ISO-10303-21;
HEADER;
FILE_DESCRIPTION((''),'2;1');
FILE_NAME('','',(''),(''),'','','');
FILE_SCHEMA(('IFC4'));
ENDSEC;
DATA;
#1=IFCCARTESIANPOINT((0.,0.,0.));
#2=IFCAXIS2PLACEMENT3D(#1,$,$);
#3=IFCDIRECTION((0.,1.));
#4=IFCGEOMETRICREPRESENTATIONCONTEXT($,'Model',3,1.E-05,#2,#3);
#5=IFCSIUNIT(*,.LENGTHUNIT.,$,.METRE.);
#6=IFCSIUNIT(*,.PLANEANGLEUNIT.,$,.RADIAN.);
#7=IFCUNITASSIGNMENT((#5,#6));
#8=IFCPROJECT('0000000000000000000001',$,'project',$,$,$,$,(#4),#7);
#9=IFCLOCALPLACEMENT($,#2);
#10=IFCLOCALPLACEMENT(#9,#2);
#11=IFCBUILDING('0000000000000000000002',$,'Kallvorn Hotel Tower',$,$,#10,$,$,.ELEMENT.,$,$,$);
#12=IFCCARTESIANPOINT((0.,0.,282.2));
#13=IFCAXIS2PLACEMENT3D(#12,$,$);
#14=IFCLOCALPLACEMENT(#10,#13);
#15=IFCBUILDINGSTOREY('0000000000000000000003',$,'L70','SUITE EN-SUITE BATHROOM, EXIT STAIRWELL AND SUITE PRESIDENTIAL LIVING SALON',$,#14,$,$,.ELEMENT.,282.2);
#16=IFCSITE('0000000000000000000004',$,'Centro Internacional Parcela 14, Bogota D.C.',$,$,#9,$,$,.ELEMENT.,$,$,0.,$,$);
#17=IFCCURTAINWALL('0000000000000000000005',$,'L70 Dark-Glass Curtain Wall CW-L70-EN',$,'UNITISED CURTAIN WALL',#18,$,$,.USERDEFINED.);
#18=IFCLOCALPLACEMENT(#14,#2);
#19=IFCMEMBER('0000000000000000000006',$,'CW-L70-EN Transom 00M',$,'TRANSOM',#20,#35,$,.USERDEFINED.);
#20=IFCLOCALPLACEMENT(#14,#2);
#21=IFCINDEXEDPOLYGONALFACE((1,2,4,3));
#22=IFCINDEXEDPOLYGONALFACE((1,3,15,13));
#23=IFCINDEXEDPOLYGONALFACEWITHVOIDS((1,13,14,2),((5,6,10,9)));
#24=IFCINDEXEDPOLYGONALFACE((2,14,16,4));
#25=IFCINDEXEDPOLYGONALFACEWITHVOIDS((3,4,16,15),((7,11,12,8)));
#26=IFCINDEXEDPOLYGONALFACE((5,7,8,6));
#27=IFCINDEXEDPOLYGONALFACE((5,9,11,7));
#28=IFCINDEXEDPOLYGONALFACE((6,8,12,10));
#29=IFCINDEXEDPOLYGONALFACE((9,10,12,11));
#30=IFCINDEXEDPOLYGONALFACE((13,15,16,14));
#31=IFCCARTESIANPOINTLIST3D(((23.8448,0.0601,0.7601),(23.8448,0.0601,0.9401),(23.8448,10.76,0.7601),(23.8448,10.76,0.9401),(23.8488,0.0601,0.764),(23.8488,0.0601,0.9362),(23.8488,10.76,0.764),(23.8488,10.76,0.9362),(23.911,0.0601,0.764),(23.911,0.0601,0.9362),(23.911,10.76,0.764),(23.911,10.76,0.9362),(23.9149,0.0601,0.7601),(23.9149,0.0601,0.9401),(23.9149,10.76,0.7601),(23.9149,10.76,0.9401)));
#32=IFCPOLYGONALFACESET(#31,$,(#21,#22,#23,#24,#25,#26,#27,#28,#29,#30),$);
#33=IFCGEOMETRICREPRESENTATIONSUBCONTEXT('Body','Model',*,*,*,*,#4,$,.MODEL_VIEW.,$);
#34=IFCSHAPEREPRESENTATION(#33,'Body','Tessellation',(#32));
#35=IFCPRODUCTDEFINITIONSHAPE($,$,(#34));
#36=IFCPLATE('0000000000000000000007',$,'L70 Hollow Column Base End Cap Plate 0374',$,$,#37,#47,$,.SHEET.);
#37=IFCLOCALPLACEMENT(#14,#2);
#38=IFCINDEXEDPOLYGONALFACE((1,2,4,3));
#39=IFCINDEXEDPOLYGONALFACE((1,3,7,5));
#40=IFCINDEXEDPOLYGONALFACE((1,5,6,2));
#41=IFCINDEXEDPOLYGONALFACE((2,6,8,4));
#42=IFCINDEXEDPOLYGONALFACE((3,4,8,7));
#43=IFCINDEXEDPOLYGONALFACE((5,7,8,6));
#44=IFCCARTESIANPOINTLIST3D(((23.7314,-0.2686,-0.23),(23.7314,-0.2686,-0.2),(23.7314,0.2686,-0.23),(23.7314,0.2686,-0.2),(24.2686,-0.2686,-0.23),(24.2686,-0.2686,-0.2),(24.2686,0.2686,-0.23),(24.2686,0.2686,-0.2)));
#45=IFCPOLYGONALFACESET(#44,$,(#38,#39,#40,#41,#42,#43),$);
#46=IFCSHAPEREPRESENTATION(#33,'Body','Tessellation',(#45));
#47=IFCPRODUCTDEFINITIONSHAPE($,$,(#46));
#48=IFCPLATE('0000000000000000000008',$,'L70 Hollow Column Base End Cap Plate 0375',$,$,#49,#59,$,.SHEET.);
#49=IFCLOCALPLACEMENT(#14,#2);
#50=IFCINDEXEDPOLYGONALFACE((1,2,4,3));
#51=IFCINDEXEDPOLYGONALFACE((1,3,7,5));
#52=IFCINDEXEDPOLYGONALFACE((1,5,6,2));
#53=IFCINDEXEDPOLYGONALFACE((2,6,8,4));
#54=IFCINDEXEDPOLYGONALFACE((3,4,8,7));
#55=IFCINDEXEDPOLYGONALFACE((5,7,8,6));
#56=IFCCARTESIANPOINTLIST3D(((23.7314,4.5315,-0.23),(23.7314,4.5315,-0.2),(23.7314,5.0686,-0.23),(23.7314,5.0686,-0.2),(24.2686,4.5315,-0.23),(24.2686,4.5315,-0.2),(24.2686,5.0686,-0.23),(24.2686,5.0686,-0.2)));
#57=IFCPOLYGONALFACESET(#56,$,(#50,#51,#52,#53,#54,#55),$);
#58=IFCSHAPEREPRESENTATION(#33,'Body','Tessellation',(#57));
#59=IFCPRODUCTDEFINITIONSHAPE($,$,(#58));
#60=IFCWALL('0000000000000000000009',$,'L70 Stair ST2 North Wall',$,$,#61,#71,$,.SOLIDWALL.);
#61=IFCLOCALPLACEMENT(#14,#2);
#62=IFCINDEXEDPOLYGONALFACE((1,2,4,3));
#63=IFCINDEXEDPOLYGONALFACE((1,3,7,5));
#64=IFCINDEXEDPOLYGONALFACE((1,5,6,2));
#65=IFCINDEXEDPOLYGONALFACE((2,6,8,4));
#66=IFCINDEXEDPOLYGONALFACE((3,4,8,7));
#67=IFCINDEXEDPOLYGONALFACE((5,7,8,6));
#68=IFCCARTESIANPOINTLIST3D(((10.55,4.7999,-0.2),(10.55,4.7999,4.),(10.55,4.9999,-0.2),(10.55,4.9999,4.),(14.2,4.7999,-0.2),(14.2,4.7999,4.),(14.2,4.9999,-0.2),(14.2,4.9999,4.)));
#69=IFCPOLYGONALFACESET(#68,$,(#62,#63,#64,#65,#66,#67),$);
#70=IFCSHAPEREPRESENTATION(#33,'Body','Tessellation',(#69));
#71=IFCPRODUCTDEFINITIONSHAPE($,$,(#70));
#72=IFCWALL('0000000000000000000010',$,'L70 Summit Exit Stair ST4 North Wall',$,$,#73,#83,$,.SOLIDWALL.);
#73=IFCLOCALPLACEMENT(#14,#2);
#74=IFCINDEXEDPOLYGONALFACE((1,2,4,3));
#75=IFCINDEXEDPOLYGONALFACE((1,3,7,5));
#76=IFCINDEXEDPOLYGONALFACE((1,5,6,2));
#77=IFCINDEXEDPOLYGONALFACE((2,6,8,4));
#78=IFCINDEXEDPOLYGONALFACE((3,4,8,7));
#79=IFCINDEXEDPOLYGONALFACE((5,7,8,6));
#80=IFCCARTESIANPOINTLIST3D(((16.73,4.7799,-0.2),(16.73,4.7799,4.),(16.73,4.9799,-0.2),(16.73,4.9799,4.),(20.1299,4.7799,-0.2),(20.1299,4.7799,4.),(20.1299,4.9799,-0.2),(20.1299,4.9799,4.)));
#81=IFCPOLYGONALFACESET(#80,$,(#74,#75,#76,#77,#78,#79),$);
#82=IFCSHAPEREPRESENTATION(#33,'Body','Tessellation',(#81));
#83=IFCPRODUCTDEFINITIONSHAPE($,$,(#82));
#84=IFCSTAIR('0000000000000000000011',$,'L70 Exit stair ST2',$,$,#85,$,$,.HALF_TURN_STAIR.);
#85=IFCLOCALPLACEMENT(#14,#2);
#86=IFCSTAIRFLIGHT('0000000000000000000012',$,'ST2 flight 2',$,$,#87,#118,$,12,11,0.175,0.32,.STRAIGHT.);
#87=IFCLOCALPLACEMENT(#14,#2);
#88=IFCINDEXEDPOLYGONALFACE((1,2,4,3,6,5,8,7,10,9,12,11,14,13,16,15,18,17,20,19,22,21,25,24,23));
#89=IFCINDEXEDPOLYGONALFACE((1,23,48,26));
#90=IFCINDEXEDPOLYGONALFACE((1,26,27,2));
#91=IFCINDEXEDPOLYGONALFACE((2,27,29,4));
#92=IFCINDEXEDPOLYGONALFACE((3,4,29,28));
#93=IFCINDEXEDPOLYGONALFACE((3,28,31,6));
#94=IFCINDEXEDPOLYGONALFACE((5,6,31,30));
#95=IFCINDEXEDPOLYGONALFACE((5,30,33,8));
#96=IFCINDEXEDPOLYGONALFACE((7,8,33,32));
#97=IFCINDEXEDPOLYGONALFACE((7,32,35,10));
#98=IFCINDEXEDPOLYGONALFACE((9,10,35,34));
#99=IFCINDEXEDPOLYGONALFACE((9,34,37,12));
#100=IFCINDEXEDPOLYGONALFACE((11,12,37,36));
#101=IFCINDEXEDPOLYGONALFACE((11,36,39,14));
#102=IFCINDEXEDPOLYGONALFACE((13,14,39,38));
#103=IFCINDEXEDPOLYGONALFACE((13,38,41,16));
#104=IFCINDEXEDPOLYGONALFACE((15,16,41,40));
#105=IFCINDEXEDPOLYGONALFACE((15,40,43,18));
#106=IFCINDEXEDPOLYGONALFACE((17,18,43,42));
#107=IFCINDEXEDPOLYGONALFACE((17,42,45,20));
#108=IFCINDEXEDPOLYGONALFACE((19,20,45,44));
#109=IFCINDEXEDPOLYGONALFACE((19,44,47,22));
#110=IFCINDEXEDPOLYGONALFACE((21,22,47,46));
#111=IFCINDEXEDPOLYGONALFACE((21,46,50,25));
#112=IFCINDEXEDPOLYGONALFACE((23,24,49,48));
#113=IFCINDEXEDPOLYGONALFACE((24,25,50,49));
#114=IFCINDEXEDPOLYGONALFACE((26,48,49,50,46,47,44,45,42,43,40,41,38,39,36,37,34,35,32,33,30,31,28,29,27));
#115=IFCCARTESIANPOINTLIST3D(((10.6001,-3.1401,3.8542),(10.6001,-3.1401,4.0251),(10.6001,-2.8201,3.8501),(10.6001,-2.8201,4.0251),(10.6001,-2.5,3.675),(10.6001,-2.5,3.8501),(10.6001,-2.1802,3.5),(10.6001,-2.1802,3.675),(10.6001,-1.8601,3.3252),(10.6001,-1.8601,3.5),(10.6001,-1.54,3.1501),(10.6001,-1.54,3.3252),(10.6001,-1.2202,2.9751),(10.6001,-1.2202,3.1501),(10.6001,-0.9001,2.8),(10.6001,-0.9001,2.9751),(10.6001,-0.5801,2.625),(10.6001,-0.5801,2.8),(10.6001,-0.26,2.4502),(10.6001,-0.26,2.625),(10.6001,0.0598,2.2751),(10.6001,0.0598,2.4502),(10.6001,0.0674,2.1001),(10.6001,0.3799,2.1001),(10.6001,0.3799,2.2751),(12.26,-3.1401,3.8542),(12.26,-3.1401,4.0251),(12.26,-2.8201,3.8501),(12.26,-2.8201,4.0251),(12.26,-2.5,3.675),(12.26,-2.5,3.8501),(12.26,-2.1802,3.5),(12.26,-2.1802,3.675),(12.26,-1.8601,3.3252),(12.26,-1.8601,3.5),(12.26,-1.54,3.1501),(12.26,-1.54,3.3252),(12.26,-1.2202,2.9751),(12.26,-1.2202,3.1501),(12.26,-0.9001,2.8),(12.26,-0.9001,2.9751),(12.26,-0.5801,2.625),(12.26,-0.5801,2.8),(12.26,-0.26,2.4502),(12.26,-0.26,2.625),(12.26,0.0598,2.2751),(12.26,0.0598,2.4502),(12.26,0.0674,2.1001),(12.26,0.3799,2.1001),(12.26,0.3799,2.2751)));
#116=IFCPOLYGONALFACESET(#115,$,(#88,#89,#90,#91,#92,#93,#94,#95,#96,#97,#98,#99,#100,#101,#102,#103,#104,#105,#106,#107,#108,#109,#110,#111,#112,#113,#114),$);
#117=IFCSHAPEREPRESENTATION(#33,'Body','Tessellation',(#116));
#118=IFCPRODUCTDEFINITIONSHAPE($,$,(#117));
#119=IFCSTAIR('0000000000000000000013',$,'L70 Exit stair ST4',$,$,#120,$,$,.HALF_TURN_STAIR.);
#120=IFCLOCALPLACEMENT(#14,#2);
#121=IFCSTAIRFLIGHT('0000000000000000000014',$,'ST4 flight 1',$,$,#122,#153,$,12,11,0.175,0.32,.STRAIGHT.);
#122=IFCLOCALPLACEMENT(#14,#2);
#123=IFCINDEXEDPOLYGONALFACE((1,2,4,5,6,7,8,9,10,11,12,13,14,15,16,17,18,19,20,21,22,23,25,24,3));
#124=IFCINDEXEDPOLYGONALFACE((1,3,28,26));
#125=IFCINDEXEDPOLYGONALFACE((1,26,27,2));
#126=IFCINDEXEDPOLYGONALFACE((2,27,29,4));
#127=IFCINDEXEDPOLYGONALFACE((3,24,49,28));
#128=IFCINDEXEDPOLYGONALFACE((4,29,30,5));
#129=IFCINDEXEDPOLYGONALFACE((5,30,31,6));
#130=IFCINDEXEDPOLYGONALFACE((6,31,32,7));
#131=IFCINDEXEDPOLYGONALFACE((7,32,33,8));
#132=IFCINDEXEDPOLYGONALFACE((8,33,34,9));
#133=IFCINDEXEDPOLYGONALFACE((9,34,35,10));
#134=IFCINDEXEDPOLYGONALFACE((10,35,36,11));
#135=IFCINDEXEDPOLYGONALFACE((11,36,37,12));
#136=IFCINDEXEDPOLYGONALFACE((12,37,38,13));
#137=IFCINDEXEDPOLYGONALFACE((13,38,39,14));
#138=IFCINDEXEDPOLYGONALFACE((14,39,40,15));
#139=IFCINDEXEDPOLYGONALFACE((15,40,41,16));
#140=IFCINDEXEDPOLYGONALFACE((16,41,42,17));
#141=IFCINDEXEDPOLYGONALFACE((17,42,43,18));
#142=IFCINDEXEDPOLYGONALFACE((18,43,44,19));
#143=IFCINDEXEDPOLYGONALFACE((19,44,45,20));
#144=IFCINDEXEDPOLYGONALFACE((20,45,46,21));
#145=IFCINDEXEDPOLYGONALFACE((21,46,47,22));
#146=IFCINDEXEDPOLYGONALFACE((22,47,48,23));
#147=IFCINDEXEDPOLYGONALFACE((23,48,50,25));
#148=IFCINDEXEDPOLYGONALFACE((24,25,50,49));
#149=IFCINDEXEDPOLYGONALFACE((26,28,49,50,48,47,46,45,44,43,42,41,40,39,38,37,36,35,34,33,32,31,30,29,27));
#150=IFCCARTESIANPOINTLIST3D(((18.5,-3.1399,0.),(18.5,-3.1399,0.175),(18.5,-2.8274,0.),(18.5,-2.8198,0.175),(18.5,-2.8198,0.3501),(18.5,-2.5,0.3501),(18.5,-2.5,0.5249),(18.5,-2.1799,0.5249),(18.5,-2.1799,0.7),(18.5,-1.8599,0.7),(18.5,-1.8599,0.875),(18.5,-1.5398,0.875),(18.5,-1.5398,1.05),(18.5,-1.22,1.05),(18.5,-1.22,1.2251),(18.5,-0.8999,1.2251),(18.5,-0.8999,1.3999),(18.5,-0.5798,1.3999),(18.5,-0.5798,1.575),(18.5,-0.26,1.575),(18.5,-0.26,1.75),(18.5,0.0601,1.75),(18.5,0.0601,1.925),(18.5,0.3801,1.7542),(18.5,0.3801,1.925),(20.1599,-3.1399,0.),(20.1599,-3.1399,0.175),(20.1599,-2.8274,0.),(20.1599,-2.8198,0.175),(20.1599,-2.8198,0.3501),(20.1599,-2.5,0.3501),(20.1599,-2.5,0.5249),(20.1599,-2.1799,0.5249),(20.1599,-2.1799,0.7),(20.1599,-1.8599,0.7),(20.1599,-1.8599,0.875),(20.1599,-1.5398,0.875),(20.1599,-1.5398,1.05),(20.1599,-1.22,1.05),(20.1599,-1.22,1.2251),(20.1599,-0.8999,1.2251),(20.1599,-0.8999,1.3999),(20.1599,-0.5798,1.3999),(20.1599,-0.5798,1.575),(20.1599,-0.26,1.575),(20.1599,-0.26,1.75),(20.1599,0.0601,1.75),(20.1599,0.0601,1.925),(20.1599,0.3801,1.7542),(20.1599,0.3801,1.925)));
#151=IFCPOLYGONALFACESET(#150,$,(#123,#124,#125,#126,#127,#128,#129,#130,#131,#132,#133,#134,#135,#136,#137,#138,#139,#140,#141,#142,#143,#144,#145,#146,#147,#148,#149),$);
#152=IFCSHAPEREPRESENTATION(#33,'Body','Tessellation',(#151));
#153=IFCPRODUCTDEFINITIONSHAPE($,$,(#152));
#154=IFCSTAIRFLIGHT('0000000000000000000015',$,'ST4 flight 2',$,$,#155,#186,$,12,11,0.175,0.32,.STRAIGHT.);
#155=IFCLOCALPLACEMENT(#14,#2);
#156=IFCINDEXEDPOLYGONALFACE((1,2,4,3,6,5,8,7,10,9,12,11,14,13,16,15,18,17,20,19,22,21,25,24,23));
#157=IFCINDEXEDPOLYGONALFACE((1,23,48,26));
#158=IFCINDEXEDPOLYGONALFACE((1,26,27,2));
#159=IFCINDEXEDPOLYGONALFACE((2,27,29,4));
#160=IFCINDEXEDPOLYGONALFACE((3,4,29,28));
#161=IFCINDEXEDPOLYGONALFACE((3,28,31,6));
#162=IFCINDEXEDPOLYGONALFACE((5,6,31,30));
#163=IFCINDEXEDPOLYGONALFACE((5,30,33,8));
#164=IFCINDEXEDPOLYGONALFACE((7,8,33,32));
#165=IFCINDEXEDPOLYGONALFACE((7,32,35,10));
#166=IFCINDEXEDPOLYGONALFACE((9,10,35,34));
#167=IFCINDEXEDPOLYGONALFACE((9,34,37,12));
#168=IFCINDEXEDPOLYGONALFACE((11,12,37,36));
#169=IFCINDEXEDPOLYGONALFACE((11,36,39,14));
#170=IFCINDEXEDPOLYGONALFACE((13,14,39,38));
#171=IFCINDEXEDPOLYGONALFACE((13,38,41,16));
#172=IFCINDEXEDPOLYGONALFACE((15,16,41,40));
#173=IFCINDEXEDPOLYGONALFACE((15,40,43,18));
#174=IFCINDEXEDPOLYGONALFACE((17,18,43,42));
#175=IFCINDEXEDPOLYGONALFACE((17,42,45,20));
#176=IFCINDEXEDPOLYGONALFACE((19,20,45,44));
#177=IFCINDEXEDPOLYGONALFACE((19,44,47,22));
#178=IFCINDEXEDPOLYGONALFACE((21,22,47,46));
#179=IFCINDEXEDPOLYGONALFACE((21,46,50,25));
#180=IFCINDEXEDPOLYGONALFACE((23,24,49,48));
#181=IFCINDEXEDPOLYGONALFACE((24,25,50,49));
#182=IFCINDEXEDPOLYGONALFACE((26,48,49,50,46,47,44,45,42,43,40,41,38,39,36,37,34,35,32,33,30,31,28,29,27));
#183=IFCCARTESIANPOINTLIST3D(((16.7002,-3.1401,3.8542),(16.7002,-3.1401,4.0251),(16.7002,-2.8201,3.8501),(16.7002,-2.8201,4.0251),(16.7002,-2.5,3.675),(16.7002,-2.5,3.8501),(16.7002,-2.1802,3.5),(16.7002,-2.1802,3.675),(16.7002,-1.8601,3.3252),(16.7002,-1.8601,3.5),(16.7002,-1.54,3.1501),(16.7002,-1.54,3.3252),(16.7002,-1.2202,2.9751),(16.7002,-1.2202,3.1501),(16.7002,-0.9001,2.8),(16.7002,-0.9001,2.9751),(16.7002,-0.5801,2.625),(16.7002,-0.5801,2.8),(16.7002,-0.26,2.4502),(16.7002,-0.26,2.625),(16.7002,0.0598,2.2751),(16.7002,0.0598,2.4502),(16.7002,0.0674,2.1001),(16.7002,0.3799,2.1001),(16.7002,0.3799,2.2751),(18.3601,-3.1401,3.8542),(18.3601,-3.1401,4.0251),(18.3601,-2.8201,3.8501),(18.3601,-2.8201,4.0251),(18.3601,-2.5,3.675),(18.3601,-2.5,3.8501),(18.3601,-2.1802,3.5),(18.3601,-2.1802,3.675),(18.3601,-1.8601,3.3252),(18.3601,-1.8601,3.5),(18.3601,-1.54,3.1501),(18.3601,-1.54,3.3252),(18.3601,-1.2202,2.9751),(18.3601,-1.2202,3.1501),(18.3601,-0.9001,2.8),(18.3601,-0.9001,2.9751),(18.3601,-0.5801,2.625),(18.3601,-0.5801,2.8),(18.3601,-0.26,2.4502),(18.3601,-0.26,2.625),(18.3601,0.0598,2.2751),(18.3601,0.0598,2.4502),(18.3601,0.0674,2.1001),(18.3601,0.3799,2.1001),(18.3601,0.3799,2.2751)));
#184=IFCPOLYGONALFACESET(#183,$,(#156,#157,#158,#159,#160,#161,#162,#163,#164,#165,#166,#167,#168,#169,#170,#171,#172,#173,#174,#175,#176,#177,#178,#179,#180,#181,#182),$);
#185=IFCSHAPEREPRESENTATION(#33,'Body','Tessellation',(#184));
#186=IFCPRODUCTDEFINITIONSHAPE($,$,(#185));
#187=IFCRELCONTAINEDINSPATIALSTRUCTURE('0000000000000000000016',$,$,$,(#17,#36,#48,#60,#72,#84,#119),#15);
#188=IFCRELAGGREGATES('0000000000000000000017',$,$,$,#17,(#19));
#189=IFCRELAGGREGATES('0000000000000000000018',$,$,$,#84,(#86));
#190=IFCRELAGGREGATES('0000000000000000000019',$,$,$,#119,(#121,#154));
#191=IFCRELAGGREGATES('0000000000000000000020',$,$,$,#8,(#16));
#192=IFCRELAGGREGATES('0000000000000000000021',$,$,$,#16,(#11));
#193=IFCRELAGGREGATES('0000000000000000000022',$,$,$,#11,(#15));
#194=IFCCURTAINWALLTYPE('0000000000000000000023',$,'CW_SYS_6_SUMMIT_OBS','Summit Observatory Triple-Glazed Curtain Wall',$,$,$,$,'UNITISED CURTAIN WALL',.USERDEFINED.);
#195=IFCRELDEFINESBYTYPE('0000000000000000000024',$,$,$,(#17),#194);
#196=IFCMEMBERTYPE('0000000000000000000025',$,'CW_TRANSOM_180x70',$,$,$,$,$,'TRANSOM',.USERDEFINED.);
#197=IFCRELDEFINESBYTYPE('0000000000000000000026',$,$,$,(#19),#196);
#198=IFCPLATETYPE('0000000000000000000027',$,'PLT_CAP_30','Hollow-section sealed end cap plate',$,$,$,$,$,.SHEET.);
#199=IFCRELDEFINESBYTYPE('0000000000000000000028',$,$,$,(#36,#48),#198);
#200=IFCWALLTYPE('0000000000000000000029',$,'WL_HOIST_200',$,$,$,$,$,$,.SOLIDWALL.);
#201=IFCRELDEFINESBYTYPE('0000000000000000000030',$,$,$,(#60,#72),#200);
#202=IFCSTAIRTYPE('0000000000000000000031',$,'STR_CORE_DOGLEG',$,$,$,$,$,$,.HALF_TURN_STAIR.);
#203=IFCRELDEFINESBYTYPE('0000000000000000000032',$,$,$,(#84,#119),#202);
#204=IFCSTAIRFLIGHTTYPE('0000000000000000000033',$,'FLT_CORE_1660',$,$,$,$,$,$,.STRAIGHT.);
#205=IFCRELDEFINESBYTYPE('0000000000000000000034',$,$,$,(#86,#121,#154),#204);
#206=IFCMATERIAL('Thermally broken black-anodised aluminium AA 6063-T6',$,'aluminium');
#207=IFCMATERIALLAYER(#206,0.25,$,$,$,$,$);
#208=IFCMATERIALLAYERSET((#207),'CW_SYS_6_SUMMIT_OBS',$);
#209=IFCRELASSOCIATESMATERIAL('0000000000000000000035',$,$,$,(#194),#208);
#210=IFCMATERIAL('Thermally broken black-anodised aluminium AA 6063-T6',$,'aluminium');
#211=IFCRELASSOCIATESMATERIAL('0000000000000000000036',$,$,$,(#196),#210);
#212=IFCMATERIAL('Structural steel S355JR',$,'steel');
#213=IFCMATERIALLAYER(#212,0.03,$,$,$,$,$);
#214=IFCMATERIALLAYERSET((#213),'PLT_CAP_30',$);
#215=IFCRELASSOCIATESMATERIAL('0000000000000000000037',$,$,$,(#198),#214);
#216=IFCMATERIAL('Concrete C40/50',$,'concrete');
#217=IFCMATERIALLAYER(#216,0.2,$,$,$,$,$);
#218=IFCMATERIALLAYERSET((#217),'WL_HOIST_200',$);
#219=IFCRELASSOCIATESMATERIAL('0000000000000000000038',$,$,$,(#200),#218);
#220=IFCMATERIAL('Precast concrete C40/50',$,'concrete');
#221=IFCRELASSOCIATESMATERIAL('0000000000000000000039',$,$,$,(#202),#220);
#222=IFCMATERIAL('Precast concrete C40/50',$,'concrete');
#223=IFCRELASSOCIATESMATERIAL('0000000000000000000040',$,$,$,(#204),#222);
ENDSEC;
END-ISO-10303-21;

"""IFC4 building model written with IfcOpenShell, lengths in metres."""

from ifc_helpers import new_model, si_unit, direction, frame, frame_2d, origin, origin_2d, place, context, subcontext, project, spatial, polyline, rectangle, hollow_rectangle, outline, extrude, material, layer, layer_set, material_profile, profile_set, type_object, element, aggregate, save


model = new_model("IFC4")

# Units and contexts
model_context = context("Model", 3, precision=1e-05, world=origin(), true_north=direction((0.0, 1.0)))
body_context = subcontext(model_context, "Body", "Model", "MODEL_VIEW")
ifc_project = project(units=[si_unit("LENGTHUNIT", "METRE"), si_unit("PLANEANGLEUNIT", "RADIAN")], contexts=[model_context])

# Site, building, storey
site_placement = place(None, origin())
site = spatial("IfcSite", under=ifc_project, at=site_placement, Name="Centro Internacional Parcela 14, Bogota D.C.", CompositionType="ELEMENT", RefElevation=0.0)
building_placement = place(site_placement, origin())
building = spatial("IfcBuilding", under=site, at=building_placement, Name="Kallvorn Hotel Tower", CompositionType="ELEMENT")
storey_placement = place(building_placement, frame((0.0, 0.0, 282.2)))
storey = spatial("IfcBuildingStorey", under=building, at=storey_placement, Name="L70", Description="SUITE EN-SUITE BATHROOM, EXIT STAIRWELL AND SUITE PRESIDENTIAL LIVING SALON", CompositionType="ELEMENT", Elevation=282.2)

# Curtain wall, member
ifc_material_1 = material(Name="Thermally broken black-anodised aluminium AA 6063-T6", Category="aluminium")
ifc_layer_1 = layer(ifc_material_1, 0.25)
ifc_layer_set_1 = layer_set([ifc_layer_1], Name="CW_SYS_6_SUMMIT_OBS")
curtain_wall_type = type_object("IfcCurtainWallType", Name="CW_SYS_6_SUMMIT_OBS", Description="Summit Observatory Triple-Glazed Curtain Wall", ElementType="UNITISED CURTAIN WALL", PredefinedType="USERDEFINED", material=ifc_layer_set_1)
curtain_wall_placement = place(storey_placement, origin())
curtain_wall = element("IfcCurtainWall", 1, at=curtain_wall_placement, inside=storey, type_object=curtain_wall_type, Name="L70 Dark-Glass Curtain Wall CW-L70-EN", ObjectType="UNITISED CURTAIN WALL", PredefinedType="USERDEFINED")
ifc_material_2 = material(Name="Thermally broken black-anodised aluminium AA 6063-T6", Category="aluminium")
ifc_material_profile_1 = material_profile(ifc_material_2, hollow_rectangle(XDim=0.0701, YDim=0.1799, WallThickness=0.0039, at=origin_2d()), Name="TRN 180x70")
ifc_profile_set_1 = profile_set([ifc_material_profile_1], Name="Thermally broken black-anodised aluminium AA 6063-T6")
member_type_1 = type_object("IfcMemberType", Name="CW_TRANSOM_180x70", ElementType="TRANSOM", PredefinedType="USERDEFINED", material=ifc_profile_set_1)
member_1_placement = place(storey_placement, frame((23.8799, 0.0601, 0.8501), z_axis=(0.0, 1.0, 0.0), x_axis=(-1.0, 0.0, 0.0)))
member_1 = element("IfcMember", 2, at=member_1_placement, type_object=member_type_1, Name="CW-L70-EN Transom 00M", ObjectType="TRANSOM", PredefinedType="USERDEFINED", context=body_context, shape_type="SweptSolid", body=[
    extrude(hollow_rectangle(XDim=0.0701, YDim=0.1799, WallThickness=0.0039, at=origin_2d()), origin(), (0.0, 0.0, 1.0), 10.7),
])
aggregate(curtain_wall, [member_1])

# Plates
ifc_material_3 = material(Name="Structural steel S355JR", Category="steel")
ifc_layer_2 = layer(ifc_material_3, 0.03)
ifc_layer_set_2 = layer_set([ifc_layer_2], Name="PLT_CAP_30")
plate_type = type_object("IfcPlateType", Name="PLT_CAP_30", Description="Hollow-section sealed end cap plate", PredefinedType="SHEET", material=ifc_layer_set_2)
for number, where, z_axis, x_axis, name in (
    (3, (24.0, 0.0, -0.23), (0.0, 0.0, 1.0), (1.0, 0.0, 0.0), "L70 Hollow Column Base End Cap Plate 0374"),
    (4, (24.0, 4.8, -0.23), (0.0, 0.0, 1.0), (1.0, 0.0, 0.0), "L70 Hollow Column Base End Cap Plate 0375"),
):
    element("IfcPlate", number, at=place(storey_placement, frame(where, z_axis=z_axis, x_axis=x_axis)), inside=storey, type_object=plate_type, Name=name, PredefinedType="SHEET", context=body_context, shape_type="SweptSolid", body=[
        extrude(rectangle(XDim=0.5371, YDim=0.5371, at=origin_2d()), origin(), (0.0, 0.0, 1.0), 0.03),
    ])

# Walls
ifc_material_4 = material(Name="Concrete C40/50", Category="concrete")
ifc_layer_3 = layer(ifc_material_4, 0.2)
ifc_layer_set_3 = layer_set([ifc_layer_3], Name="WL_HOIST_200")
wall_type = type_object("IfcWallType", Name="WL_HOIST_200", PredefinedType="SOLIDWALL", material=ifc_layer_set_3)
wall_1_placement = place(storey_placement, frame((10.55, 4.8999, -0.2), z_axis=(0.0, 0.0, 1.0), x_axis=(1.0, 0.0, 0.0)))
element("IfcWall", 5, at=wall_1_placement, inside=storey, type_object=wall_type, Name="L70 Stair ST2 North Wall", PredefinedType="SOLIDWALL", context=body_context, shape_type="SweptSolid", body=[
    extrude(rectangle(XDim=3.6499, YDim=0.2, at=frame_2d((1.825, 0.0))), origin(), (0.0, 0.0, 1.0), 4.2),
])
wall_2_placement = place(storey_placement, frame((16.73, 4.8799, -0.2), z_axis=(0.0, 0.0, 1.0), x_axis=(1.0, 0.0, 0.0)))
element("IfcWall", 6, at=wall_2_placement, inside=storey, type_object=wall_type, Name="L70 Summit Exit Stair ST4 North Wall", PredefinedType="SOLIDWALL", context=body_context, shape_type="SweptSolid", body=[
    extrude(rectangle(XDim=3.3999, YDim=0.2, at=frame_2d((1.7, 0.0))), origin(), (0.0, 0.0, 1.0), 4.2),
])

# Stair, stair flight
ifc_material_5 = material(Name="Precast concrete C40/50", Category="concrete")
stair_type = type_object("IfcStairType", Name="STR_CORE_DOGLEG", PredefinedType="HALF_TURN_STAIR", material=ifc_material_5)
stair_1_placement = place(storey_placement, origin())
stair_1 = element("IfcStair", 7, at=stair_1_placement, inside=storey, type_object=stair_type, Name="L70 Exit stair ST2", PredefinedType="HALF_TURN_STAIR")
ifc_material_6 = material(Name="Precast concrete C40/50", Category="concrete")
stair_flight_type = type_object("IfcStairFlightType", Name="FLT_CORE_1660", PredefinedType="STRAIGHT", material=ifc_material_6)
stair_flight_1_placement = place(storey_placement, frame((11.4299, 0.3799, 2.1001), z_axis=(0.0, 0.0, 1.0), x_axis=(0.0, -1.0, 0.0)))
stair_flight_1 = element("IfcStairFlight", 8, at=stair_flight_1_placement, type_object=stair_flight_type, Name="ST2 flight 2", NumberOfRisers=12, NumberOfTreads=11, PredefinedType="STRAIGHT", RiserHeight=0.175, TreadLength=0.32, context=body_context, shape_type="SweptSolid", body=[
    extrude(outline(polyline([(0.0, 0.0), (0.0, 0.175), (0.3201, 0.175), (0.3201, 0.3501), (0.6399, 0.3501), (0.6399, 0.5249), (0.96, 0.5249), (0.96, 0.7), (1.28, 0.7), (1.28, 0.875), (1.6001, 0.875), (1.6001, 1.05), (1.9199, 1.05), (1.9199, 1.2251), (2.24, 1.2251), (2.24, 1.3999), (2.5601, 1.3999), (2.5601, 1.575), (2.8799, 1.575), (2.8799, 1.75), (3.2, 1.75), (3.2, 1.925), (3.52, 1.925), (3.52, 2.1001), (3.52, 1.7542), (0.3125, 0.0), (0.0, 0.0)])), frame((0.0, 0.8301, 0.0), z_axis=(0.0, -1.0, 0.0), x_axis=(1.0, 0.0, 0.0)), (0.0, 0.0, 1.0), 1.6599),
])
aggregate(stair_1, [stair_flight_1])

# Stair, stair flights
stair_2_placement = place(storey_placement, origin())
stair_2 = element("IfcStair", 9, at=stair_2_placement, inside=storey, type_object=stair_type, Name="L70 Exit stair ST4", PredefinedType="HALF_TURN_STAIR")
stair_flight_2_placement = place(storey_placement, frame((19.3301, -3.1399, 0.0), z_axis=(0.0, 0.0, 1.0), x_axis=(0.0, 1.0, 0.0)))
stair_flight_2 = element("IfcStairFlight", 10, at=stair_flight_2_placement, type_object=stair_flight_type, Name="ST4 flight 1", NumberOfRisers=12, NumberOfTreads=11, PredefinedType="STRAIGHT", RiserHeight=0.175, TreadLength=0.32, context=body_context, shape_type="SweptSolid", body=[
    extrude(outline(polyline([(0.0, 0.0), (0.0, 0.175), (0.3201, 0.175), (0.3201, 0.3501), (0.6399, 0.3501), (0.6399, 0.5249), (0.96, 0.5249), (0.96, 0.7), (1.28, 0.7), (1.28, 0.875), (1.6001, 0.875), (1.6001, 1.05), (1.9199, 1.05), (1.9199, 1.2251), (2.24, 1.2251), (2.24, 1.3999), (2.5601, 1.3999), (2.5601, 1.575), (2.8799, 1.575), (2.8799, 1.75), (3.2, 1.75), (3.2, 1.925), (3.52, 1.925), (3.52, 2.1001), (3.52, 1.7542), (0.3125, 0.0), (0.0, 0.0)])), frame((0.0, 0.8301, 0.0), z_axis=(0.0, -1.0, 0.0), x_axis=(1.0, 0.0, 0.0)), (0.0, 0.0, 1.0), 1.6599),
])
stair_flight_3_placement = place(storey_placement, frame((17.53, 0.3799, 2.1001), z_axis=(0.0, 0.0, 1.0), x_axis=(0.0, -1.0, 0.0)))
stair_flight_3 = element("IfcStairFlight", 11, at=stair_flight_3_placement, type_object=stair_flight_type, Name="ST4 flight 2", NumberOfRisers=12, NumberOfTreads=11, PredefinedType="STRAIGHT", RiserHeight=0.175, TreadLength=0.32, context=body_context, shape_type="SweptSolid", body=[
    extrude(outline(polyline([(0.0, 0.0), (0.0, 0.175), (0.3201, 0.175), (0.3201, 0.3501), (0.6399, 0.3501), (0.6399, 0.5249), (0.96, 0.5249), (0.96, 0.7), (1.28, 0.7), (1.28, 0.875), (1.6001, 0.875), (1.6001, 1.05), (1.9199, 1.05), (1.9199, 1.2251), (2.24, 1.2251), (2.24, 1.3999), (2.5601, 1.3999), (2.5601, 1.575), (2.8799, 1.575), (2.8799, 1.75), (3.2, 1.75), (3.2, 1.925), (3.52, 1.925), (3.52, 2.1001), (3.52, 1.7542), (0.3125, 0.0), (0.0, 0.0)])), frame((0.0, 0.8301, 0.0), z_axis=(0.0, -1.0, 0.0), x_axis=(1.0, 0.0, 0.0)), (0.0, 0.0, 1.0), 1.6599),
])
aggregate(stair_2, [stair_flight_2, stair_flight_3])

save(model, "model.ifc")
